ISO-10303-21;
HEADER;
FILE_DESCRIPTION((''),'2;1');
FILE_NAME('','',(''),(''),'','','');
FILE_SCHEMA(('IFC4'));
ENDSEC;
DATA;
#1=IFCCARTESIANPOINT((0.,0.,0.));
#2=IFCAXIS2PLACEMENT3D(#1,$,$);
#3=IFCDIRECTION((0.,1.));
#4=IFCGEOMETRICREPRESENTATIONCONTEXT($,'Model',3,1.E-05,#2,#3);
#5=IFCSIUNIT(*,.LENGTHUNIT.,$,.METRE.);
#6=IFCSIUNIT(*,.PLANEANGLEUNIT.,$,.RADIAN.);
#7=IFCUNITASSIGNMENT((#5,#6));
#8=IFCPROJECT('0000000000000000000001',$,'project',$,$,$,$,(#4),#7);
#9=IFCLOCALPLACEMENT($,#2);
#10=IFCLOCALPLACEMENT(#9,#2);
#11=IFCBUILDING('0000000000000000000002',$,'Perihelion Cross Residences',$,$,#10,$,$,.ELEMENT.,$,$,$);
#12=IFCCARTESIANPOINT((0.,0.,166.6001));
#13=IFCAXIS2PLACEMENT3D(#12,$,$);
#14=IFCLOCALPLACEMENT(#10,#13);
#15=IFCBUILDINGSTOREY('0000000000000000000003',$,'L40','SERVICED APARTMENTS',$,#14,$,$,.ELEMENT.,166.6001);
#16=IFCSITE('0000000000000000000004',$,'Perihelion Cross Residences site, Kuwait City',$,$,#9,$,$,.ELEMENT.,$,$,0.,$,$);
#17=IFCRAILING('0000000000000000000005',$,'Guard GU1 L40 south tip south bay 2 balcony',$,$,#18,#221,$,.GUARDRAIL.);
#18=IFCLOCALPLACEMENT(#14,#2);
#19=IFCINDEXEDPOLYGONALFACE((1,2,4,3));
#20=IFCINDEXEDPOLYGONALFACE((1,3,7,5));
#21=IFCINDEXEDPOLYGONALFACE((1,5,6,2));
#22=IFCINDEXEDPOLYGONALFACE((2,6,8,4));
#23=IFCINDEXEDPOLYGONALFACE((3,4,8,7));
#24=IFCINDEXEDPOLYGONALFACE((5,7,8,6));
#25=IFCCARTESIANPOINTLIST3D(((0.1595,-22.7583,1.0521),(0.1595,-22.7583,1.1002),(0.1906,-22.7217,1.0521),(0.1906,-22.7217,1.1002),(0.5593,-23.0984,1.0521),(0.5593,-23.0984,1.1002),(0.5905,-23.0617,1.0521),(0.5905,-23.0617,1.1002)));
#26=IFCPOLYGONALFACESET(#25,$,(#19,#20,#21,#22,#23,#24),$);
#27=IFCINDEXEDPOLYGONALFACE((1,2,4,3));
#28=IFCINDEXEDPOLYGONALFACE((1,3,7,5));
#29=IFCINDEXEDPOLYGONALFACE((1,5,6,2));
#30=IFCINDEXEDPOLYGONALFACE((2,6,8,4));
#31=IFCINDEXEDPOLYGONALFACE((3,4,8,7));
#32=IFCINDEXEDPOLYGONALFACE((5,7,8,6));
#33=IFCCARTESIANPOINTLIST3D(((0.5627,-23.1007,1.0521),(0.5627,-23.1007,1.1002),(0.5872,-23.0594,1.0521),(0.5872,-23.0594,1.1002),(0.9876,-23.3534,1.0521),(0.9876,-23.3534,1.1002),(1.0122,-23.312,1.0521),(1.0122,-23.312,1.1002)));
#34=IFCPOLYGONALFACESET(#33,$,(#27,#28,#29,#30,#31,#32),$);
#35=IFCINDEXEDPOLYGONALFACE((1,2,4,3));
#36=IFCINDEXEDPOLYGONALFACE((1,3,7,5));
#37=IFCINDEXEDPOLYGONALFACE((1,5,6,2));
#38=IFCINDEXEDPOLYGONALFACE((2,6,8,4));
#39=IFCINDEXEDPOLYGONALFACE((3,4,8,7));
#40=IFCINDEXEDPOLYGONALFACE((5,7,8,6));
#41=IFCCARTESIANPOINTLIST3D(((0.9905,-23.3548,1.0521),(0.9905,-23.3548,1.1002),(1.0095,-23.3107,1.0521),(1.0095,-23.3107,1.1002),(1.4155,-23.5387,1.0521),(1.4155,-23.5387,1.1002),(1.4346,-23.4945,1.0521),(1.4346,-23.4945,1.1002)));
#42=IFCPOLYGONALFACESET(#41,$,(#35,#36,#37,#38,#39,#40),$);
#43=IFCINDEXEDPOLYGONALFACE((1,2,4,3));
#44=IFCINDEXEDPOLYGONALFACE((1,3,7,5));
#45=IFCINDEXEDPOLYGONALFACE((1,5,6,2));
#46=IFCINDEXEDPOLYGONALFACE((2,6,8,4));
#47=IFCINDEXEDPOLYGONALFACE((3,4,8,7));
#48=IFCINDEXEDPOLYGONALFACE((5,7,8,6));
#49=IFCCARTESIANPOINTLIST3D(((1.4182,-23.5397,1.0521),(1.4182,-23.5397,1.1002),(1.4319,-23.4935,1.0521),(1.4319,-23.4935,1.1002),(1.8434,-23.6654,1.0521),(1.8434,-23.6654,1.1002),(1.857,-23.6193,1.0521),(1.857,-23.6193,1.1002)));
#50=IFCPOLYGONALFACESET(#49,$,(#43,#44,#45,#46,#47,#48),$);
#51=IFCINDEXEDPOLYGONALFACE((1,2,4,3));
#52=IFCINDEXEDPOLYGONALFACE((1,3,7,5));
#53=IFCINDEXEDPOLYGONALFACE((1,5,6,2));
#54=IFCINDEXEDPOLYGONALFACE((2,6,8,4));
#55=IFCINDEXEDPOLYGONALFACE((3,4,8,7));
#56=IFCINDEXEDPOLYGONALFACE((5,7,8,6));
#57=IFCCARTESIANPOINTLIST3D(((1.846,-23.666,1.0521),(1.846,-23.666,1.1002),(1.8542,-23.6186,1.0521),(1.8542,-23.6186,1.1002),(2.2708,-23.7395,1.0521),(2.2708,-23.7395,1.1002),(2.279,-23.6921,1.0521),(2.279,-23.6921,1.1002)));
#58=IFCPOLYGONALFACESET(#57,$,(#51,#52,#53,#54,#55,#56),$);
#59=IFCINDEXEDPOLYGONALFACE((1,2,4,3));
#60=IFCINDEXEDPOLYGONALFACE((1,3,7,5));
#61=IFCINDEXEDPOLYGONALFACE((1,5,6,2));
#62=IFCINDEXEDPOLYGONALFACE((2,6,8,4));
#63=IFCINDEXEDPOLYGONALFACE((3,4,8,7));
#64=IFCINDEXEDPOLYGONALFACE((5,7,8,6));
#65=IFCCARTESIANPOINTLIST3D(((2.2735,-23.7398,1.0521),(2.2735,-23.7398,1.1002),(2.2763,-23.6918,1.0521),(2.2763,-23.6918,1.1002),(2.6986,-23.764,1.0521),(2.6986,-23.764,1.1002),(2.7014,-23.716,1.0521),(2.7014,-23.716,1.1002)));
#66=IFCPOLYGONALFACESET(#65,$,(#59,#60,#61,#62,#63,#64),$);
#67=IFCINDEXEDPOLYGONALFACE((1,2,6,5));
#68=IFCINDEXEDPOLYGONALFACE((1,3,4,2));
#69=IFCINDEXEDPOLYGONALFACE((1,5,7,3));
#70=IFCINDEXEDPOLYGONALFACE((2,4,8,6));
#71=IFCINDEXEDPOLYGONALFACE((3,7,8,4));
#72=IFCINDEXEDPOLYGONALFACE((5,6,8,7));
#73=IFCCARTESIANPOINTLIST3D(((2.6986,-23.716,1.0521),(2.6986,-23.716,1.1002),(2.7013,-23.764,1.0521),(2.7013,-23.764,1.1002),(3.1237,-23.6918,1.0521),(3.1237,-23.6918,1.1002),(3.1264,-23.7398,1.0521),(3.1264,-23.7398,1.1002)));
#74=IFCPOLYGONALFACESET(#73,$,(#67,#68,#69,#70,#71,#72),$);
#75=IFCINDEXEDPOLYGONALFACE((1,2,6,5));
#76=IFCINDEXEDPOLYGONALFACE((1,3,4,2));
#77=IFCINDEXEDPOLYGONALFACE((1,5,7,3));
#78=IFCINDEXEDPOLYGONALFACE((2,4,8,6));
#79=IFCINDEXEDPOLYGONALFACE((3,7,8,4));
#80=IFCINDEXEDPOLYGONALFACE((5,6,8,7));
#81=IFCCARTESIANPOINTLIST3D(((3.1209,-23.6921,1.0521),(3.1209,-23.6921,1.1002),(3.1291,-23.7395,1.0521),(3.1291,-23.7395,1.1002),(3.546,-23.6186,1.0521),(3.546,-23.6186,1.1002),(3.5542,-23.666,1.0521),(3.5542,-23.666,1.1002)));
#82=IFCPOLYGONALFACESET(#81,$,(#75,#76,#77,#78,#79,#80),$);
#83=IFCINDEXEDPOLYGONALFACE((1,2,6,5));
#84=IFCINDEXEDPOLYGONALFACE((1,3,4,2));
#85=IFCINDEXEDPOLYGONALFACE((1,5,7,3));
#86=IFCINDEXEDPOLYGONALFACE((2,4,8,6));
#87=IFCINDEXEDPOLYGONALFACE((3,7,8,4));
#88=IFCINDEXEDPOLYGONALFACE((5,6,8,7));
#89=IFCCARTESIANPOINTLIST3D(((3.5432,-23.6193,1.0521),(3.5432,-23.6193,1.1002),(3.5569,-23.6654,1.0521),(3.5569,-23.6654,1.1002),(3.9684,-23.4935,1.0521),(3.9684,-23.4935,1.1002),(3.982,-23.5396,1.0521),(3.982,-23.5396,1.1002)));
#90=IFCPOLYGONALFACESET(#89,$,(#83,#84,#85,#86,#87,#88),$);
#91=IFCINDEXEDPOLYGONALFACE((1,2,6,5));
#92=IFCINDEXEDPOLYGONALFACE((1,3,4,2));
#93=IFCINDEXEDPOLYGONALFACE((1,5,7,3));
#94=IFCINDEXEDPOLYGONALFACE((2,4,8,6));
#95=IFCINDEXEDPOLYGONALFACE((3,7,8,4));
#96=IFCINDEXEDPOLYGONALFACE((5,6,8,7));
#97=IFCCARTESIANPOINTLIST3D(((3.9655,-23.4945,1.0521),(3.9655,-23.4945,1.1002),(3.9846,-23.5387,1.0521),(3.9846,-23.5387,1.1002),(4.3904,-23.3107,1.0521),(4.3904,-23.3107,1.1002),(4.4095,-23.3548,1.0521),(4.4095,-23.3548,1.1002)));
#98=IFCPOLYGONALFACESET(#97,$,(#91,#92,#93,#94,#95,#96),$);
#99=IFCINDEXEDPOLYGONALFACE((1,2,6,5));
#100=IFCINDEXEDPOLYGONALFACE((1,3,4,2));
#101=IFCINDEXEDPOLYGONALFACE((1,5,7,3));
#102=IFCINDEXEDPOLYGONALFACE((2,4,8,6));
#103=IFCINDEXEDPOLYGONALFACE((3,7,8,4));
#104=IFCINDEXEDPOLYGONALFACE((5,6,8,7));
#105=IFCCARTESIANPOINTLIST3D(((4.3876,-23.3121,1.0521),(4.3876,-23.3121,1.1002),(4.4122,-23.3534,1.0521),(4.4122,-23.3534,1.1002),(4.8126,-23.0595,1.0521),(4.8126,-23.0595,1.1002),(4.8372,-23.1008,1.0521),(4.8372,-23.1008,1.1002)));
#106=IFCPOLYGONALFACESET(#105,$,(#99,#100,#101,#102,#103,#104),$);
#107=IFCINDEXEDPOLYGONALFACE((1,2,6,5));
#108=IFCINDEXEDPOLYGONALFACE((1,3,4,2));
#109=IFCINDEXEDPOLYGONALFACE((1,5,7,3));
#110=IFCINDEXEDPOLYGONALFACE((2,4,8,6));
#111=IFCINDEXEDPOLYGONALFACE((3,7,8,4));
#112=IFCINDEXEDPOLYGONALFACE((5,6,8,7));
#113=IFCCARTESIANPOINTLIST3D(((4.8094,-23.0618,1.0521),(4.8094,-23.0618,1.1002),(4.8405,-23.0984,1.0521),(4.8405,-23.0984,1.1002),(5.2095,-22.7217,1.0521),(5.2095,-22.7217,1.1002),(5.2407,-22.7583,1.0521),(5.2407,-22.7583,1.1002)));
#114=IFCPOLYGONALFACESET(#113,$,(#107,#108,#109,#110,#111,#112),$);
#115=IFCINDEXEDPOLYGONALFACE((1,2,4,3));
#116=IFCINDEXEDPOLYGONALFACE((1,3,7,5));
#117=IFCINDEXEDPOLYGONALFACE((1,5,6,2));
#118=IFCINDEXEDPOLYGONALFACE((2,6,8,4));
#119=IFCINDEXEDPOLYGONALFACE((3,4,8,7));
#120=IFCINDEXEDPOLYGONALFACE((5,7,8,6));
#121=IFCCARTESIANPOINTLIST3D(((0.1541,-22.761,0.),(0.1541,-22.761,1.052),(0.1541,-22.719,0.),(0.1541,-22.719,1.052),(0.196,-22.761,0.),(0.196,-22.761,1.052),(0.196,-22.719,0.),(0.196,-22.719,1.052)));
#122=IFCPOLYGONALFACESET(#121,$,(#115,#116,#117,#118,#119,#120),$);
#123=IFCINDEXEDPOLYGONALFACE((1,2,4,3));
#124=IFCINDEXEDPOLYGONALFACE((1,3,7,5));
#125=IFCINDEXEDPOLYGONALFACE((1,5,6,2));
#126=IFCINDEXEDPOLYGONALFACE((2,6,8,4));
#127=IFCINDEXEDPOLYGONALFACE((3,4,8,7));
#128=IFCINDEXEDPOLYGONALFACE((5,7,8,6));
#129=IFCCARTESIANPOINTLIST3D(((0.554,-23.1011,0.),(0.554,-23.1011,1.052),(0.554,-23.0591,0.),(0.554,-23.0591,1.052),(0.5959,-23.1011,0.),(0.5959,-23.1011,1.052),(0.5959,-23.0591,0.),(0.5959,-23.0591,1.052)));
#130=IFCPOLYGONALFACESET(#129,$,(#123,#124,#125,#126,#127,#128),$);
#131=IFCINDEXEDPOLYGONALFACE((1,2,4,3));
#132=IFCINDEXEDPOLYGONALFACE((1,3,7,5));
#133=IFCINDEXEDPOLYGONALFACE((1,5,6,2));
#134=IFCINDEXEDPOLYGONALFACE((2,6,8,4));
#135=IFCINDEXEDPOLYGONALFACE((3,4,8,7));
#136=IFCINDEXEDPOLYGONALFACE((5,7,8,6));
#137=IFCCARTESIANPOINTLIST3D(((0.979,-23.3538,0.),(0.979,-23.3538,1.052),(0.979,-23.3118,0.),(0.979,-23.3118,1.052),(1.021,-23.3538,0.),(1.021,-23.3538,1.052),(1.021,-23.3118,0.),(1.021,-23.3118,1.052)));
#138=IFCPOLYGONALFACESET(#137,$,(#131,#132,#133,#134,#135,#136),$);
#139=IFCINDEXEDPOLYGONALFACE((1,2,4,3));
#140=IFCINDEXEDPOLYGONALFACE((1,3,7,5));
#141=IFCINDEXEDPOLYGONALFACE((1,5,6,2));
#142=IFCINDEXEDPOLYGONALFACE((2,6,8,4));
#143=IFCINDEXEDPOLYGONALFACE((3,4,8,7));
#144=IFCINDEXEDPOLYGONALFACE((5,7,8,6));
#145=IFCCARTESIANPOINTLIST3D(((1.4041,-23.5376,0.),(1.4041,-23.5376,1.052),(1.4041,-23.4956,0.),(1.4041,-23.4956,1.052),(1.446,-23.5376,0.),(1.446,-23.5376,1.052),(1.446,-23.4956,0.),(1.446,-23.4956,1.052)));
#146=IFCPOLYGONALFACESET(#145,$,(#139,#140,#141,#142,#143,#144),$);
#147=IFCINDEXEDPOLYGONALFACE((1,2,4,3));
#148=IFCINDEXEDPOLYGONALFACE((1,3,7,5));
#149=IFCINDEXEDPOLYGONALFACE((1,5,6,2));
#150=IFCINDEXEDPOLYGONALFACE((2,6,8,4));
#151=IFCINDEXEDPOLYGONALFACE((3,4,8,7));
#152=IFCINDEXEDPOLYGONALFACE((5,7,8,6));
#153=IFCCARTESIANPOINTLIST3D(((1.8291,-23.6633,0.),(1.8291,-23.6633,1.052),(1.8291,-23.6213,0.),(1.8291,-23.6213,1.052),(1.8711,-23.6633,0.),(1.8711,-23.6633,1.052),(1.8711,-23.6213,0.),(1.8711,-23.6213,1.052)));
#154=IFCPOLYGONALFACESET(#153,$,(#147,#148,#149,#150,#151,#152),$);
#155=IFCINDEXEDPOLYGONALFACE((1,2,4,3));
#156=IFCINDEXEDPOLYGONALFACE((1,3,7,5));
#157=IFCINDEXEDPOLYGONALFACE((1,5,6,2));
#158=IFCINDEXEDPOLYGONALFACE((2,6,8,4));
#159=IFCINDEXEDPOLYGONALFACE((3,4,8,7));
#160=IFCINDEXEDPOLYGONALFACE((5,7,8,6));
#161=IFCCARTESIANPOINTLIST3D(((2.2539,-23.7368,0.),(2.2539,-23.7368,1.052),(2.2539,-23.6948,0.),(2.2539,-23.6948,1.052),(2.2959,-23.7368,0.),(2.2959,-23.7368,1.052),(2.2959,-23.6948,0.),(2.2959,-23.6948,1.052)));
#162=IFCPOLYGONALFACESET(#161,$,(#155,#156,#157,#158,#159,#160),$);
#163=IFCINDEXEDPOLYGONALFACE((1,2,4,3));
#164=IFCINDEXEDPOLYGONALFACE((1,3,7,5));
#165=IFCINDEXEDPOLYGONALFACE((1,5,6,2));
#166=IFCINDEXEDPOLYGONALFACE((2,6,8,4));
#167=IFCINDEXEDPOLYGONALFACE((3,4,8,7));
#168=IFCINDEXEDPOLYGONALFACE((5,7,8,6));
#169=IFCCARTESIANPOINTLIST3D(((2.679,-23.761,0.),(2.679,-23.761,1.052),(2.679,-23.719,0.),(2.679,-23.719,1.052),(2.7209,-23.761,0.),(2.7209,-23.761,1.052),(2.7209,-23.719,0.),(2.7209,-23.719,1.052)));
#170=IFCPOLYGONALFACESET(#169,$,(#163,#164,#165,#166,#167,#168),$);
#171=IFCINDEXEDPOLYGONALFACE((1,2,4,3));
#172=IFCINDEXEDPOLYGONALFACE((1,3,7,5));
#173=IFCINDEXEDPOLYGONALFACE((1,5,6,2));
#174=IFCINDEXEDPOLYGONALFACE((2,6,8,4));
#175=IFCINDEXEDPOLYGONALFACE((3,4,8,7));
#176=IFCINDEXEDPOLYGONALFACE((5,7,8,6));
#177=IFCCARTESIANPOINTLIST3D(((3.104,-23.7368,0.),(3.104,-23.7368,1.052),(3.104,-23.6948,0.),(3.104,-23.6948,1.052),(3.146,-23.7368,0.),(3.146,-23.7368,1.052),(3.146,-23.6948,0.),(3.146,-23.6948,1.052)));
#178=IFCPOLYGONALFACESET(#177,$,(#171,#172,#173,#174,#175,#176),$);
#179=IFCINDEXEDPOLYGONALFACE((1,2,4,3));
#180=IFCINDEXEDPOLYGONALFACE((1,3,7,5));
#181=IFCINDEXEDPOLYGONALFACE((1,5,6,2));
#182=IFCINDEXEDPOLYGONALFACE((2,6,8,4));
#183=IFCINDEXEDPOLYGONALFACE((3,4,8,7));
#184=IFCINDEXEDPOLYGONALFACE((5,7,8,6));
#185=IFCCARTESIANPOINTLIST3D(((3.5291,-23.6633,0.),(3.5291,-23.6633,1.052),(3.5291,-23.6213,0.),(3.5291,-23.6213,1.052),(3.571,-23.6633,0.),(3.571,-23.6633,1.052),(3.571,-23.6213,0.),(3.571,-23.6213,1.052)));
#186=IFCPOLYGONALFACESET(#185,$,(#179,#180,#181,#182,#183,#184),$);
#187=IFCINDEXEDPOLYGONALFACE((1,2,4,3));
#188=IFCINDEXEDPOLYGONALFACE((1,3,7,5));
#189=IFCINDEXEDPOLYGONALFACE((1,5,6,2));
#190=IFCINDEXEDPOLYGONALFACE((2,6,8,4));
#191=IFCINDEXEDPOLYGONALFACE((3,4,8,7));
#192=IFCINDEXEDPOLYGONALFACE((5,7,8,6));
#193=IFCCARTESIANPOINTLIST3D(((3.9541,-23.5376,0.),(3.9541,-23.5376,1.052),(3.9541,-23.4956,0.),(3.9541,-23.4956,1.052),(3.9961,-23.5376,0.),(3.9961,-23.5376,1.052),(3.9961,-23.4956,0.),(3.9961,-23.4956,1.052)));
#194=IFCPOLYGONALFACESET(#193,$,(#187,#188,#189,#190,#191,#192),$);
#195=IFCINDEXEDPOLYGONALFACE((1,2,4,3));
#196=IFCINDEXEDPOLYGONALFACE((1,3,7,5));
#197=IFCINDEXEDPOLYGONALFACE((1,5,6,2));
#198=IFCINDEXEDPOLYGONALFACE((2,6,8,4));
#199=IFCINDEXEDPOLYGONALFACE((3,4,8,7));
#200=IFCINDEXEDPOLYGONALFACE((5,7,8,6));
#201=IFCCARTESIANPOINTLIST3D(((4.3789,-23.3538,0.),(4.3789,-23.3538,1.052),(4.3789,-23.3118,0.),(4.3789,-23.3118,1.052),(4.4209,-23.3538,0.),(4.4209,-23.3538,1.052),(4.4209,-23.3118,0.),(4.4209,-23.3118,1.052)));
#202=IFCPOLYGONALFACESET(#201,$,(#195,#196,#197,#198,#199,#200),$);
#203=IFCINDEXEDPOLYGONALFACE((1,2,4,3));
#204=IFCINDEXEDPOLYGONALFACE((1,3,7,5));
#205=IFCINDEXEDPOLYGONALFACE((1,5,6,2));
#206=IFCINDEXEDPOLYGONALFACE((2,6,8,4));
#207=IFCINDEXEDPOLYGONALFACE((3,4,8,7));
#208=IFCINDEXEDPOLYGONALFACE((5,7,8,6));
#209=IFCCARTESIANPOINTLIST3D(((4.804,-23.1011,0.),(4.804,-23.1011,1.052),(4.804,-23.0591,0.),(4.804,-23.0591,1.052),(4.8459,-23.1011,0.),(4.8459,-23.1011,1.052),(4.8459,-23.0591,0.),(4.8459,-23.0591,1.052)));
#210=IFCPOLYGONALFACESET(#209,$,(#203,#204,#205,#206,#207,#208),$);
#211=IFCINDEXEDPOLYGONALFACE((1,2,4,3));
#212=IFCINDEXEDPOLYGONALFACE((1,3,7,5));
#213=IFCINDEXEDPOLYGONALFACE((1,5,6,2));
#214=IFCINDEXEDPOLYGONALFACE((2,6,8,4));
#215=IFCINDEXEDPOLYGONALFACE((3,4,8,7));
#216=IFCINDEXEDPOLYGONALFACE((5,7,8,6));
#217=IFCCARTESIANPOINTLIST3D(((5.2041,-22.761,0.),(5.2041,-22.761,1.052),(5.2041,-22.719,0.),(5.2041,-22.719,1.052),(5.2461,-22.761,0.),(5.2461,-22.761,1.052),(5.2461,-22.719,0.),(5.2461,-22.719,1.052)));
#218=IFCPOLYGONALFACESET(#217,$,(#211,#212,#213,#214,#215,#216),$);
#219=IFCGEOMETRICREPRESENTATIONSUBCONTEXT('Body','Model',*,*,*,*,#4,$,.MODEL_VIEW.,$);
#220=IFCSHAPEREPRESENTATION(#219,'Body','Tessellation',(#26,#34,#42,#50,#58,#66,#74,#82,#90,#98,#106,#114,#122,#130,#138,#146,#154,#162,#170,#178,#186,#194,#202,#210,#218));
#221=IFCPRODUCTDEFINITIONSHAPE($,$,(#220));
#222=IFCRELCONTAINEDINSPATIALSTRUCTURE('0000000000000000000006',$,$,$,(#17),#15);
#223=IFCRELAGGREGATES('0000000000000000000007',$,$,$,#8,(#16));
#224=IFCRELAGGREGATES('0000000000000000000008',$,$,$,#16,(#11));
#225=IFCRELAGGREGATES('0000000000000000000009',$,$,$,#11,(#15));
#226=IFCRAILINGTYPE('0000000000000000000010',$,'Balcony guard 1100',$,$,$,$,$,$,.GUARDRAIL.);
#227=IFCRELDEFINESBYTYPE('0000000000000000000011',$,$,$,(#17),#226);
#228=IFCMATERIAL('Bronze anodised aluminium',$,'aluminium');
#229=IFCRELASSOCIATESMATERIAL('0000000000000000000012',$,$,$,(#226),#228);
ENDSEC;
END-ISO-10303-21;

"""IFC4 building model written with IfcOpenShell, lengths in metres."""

from ifc_helpers import new_model, si_unit, direction, frame, origin, origin_2d, place, context, subcontext, project, spatial, rectangle, extrude, material, type_object, element, save


model = new_model("IFC4")

# Units and contexts
model_context = context("Model", 3, precision=1e-05, world=origin(), true_north=direction((0.0, 1.0)))
body_context = subcontext(model_context, "Body", "Model", "MODEL_VIEW")
ifc_project = project(units=[si_unit("LENGTHUNIT", "METRE"), si_unit("PLANEANGLEUNIT", "RADIAN")], contexts=[model_context])

# Site, building, storey
site_placement = place(None, origin())
site = spatial("IfcSite", under=ifc_project, at=site_placement, Name="Perihelion Cross Residences site, Kuwait City", CompositionType="ELEMENT", RefElevation=0.0)
building_placement = place(site_placement, origin())
building = spatial("IfcBuilding", under=site, at=building_placement, Name="Perihelion Cross Residences", CompositionType="ELEMENT")
storey_placement = place(building_placement, frame((0.0, 0.0, 166.6001)))
storey = spatial("IfcBuildingStorey", under=building, at=storey_placement, Name="L40", Description="SERVICED APARTMENTS", CompositionType="ELEMENT", Elevation=166.6001)

# Railing
ifc_material_1 = material(Name="Bronze anodised aluminium", Category="aluminium")
railing_type = type_object("IfcRailingType", Name="Balcony guard 1100", PredefinedType="GUARDRAIL", material=ifc_material_1)
railing_placement = place(storey_placement, frame((0.175, -22.74, 0.0)))
element("IfcRailing", 1, at=railing_placement, inside=storey, type_object=railing_type, Name="Guard GU1 L40 south tip south bay 2 balcony", PredefinedType="GUARDRAIL", context=body_context, shape_type="SweptSolid", body=[
    extrude(rectangle(XDim=0.0481, YDim=0.0481, at=origin_2d()), frame((0.0, 0.0, 1.0762), z_axis=(0.761779, -0.647837, 0.0), x_axis=(0.647837, 0.761779, 0.0)), (0.0, 0.0, 1.0), 0.5249),
    extrude(rectangle(XDim=0.0481, YDim=0.0481, at=origin_2d()), frame((0.3999, -0.3401, 1.0762), z_axis=(0.859577, -0.511006, 0.0), x_axis=(0.511006, 0.859577, 0.0)), (0.0, 0.0, 1.0), 0.4944),
    extrude(rectangle(XDim=0.0481, YDim=0.0481, at=origin_2d()), frame((0.825, -0.5928, 1.0762), z_axis=(0.917831, -0.396971, 0.0), x_axis=(0.396971, 0.917831, 0.0)), (0.0, 0.0, 1.0), 0.4631),
    extrude(rectangle(XDim=0.0481, YDim=0.0481, at=origin_2d()), frame((1.25, -0.7766, 1.0762), z_axis=(0.958926, -0.283657, 0.0), x_axis=(0.283657, 0.958926, 0.0)), (0.0, 0.0, 1.0), 0.4434),
    extrude(rectangle(XDim=0.0481, YDim=0.0481, at=origin_2d()), frame((1.675, -0.9023, 1.0762), z_axis=(0.985365, -0.170457, 0.0), x_axis=(0.170457, 0.985365, 0.0)), (0.0, 0.0, 1.0), 0.4312),
    extrude(rectangle(XDim=0.0481, YDim=0.0481, at=origin_2d()), frame((2.0999, -0.9758, 1.0762), z_axis=(0.998387, -0.056772, 0.0), x_axis=(0.056772, 0.998387, 0.0)), (0.0, 0.0, 1.0), 0.4258),
    extrude(rectangle(XDim=0.0481, YDim=0.0481, at=origin_2d()), frame((2.5249, -1.0, 1.0762), z_axis=(0.998387, 0.056772, 0.0), x_axis=(-0.056772, 0.998387, 0.0)), (0.0, 0.0, 1.0), 0.4258),
    extrude(rectangle(XDim=0.0481, YDim=0.0481, at=origin_2d()), frame((2.95, -0.9758, 1.0762), z_axis=(0.985382, 0.170362, 0.0), x_axis=(-0.170362, 0.985382, 0.0)), (0.0, 0.0, 1.0), 0.4314),
    extrude(rectangle(XDim=0.0481, YDim=0.0481, at=origin_2d()), frame((3.375, -0.9023, 1.0762), z_axis=(0.958926, 0.283657, 0.0), x_axis=(-0.283657, 0.958926, 0.0)), (0.0, 0.0, 1.0), 0.4434),
    extrude(rectangle(XDim=0.0481, YDim=0.0481, at=origin_2d()), frame((3.8, -0.7766, 1.0762), z_axis=(0.917748, 0.397163, 0.0), x_axis=(-0.397163, 0.917748, 0.0)), (0.0, 0.0, 1.0), 0.4629),
    extrude(rectangle(XDim=0.0481, YDim=0.0481, at=origin_2d()), frame((4.2249, -0.5928, 1.0762), z_axis=(0.859577, 0.511006, 0.0), x_axis=(-0.511006, 0.859577, 0.0)), (0.0, 0.0, 1.0), 0.4944),
    extrude(rectangle(XDim=0.0481, YDim=0.0481, at=origin_2d()), frame((4.6499, -0.3401, 1.0762), z_axis=(0.761974, 0.647608, 0.0), x_axis=(-0.647608, 0.761974, 0.0)), (0.0, 0.0, 1.0), 0.5251),
    extrude(rectangle(XDim=0.042, YDim=0.042, at=origin_2d()), origin(), (0.0, 0.0, 1.0), 1.052),
    extrude(rectangle(XDim=0.042, YDim=0.042, at=origin_2d()), frame((0.3999, -0.3401, 0.0)), (0.0, 0.0, 1.0), 1.052),
    extrude(rectangle(XDim=0.042, YDim=0.042, at=origin_2d()), frame((0.825, -0.5928, 0.0)), (0.0, 0.0, 1.0), 1.052),
    extrude(rectangle(XDim=0.042, YDim=0.042, at=origin_2d()), frame((1.25, -0.7766, 0.0)), (0.0, 0.0, 1.0), 1.052),
    extrude(rectangle(XDim=0.042, YDim=0.042, at=origin_2d()), frame((1.675, -0.9023, 0.0)), (0.0, 0.0, 1.0), 1.052),
    extrude(rectangle(XDim=0.042, YDim=0.042, at=origin_2d()), frame((2.0999, -0.9758, 0.0)), (0.0, 0.0, 1.0), 1.052),
    extrude(rectangle(XDim=0.042, YDim=0.042, at=origin_2d()), frame((2.5249, -1.0, 0.0)), (0.0, 0.0, 1.0), 1.052),
    extrude(rectangle(XDim=0.042, YDim=0.042, at=origin_2d()), frame((2.95, -0.9758, 0.0)), (0.0, 0.0, 1.0), 1.052),
    extrude(rectangle(XDim=0.042, YDim=0.042, at=origin_2d()), frame((3.375, -0.9023, 0.0)), (0.0, 0.0, 1.0), 1.052),
    extrude(rectangle(XDim=0.042, YDim=0.042, at=origin_2d()), frame((3.8, -0.7766, 0.0)), (0.0, 0.0, 1.0), 1.052),
    extrude(rectangle(XDim=0.042, YDim=0.042, at=origin_2d()), frame((4.2249, -0.5928, 0.0)), (0.0, 0.0, 1.0), 1.052),
    extrude(rectangle(XDim=0.042, YDim=0.042, at=origin_2d()), frame((4.6499, -0.3401, 0.0)), (0.0, 0.0, 1.0), 1.052),
    extrude(rectangle(XDim=0.042, YDim=0.042, at=origin_2d()), frame((5.05, 0.0, 0.0)), (0.0, 0.0, 1.0), 1.052),
])

save(model, "model.ifc")
